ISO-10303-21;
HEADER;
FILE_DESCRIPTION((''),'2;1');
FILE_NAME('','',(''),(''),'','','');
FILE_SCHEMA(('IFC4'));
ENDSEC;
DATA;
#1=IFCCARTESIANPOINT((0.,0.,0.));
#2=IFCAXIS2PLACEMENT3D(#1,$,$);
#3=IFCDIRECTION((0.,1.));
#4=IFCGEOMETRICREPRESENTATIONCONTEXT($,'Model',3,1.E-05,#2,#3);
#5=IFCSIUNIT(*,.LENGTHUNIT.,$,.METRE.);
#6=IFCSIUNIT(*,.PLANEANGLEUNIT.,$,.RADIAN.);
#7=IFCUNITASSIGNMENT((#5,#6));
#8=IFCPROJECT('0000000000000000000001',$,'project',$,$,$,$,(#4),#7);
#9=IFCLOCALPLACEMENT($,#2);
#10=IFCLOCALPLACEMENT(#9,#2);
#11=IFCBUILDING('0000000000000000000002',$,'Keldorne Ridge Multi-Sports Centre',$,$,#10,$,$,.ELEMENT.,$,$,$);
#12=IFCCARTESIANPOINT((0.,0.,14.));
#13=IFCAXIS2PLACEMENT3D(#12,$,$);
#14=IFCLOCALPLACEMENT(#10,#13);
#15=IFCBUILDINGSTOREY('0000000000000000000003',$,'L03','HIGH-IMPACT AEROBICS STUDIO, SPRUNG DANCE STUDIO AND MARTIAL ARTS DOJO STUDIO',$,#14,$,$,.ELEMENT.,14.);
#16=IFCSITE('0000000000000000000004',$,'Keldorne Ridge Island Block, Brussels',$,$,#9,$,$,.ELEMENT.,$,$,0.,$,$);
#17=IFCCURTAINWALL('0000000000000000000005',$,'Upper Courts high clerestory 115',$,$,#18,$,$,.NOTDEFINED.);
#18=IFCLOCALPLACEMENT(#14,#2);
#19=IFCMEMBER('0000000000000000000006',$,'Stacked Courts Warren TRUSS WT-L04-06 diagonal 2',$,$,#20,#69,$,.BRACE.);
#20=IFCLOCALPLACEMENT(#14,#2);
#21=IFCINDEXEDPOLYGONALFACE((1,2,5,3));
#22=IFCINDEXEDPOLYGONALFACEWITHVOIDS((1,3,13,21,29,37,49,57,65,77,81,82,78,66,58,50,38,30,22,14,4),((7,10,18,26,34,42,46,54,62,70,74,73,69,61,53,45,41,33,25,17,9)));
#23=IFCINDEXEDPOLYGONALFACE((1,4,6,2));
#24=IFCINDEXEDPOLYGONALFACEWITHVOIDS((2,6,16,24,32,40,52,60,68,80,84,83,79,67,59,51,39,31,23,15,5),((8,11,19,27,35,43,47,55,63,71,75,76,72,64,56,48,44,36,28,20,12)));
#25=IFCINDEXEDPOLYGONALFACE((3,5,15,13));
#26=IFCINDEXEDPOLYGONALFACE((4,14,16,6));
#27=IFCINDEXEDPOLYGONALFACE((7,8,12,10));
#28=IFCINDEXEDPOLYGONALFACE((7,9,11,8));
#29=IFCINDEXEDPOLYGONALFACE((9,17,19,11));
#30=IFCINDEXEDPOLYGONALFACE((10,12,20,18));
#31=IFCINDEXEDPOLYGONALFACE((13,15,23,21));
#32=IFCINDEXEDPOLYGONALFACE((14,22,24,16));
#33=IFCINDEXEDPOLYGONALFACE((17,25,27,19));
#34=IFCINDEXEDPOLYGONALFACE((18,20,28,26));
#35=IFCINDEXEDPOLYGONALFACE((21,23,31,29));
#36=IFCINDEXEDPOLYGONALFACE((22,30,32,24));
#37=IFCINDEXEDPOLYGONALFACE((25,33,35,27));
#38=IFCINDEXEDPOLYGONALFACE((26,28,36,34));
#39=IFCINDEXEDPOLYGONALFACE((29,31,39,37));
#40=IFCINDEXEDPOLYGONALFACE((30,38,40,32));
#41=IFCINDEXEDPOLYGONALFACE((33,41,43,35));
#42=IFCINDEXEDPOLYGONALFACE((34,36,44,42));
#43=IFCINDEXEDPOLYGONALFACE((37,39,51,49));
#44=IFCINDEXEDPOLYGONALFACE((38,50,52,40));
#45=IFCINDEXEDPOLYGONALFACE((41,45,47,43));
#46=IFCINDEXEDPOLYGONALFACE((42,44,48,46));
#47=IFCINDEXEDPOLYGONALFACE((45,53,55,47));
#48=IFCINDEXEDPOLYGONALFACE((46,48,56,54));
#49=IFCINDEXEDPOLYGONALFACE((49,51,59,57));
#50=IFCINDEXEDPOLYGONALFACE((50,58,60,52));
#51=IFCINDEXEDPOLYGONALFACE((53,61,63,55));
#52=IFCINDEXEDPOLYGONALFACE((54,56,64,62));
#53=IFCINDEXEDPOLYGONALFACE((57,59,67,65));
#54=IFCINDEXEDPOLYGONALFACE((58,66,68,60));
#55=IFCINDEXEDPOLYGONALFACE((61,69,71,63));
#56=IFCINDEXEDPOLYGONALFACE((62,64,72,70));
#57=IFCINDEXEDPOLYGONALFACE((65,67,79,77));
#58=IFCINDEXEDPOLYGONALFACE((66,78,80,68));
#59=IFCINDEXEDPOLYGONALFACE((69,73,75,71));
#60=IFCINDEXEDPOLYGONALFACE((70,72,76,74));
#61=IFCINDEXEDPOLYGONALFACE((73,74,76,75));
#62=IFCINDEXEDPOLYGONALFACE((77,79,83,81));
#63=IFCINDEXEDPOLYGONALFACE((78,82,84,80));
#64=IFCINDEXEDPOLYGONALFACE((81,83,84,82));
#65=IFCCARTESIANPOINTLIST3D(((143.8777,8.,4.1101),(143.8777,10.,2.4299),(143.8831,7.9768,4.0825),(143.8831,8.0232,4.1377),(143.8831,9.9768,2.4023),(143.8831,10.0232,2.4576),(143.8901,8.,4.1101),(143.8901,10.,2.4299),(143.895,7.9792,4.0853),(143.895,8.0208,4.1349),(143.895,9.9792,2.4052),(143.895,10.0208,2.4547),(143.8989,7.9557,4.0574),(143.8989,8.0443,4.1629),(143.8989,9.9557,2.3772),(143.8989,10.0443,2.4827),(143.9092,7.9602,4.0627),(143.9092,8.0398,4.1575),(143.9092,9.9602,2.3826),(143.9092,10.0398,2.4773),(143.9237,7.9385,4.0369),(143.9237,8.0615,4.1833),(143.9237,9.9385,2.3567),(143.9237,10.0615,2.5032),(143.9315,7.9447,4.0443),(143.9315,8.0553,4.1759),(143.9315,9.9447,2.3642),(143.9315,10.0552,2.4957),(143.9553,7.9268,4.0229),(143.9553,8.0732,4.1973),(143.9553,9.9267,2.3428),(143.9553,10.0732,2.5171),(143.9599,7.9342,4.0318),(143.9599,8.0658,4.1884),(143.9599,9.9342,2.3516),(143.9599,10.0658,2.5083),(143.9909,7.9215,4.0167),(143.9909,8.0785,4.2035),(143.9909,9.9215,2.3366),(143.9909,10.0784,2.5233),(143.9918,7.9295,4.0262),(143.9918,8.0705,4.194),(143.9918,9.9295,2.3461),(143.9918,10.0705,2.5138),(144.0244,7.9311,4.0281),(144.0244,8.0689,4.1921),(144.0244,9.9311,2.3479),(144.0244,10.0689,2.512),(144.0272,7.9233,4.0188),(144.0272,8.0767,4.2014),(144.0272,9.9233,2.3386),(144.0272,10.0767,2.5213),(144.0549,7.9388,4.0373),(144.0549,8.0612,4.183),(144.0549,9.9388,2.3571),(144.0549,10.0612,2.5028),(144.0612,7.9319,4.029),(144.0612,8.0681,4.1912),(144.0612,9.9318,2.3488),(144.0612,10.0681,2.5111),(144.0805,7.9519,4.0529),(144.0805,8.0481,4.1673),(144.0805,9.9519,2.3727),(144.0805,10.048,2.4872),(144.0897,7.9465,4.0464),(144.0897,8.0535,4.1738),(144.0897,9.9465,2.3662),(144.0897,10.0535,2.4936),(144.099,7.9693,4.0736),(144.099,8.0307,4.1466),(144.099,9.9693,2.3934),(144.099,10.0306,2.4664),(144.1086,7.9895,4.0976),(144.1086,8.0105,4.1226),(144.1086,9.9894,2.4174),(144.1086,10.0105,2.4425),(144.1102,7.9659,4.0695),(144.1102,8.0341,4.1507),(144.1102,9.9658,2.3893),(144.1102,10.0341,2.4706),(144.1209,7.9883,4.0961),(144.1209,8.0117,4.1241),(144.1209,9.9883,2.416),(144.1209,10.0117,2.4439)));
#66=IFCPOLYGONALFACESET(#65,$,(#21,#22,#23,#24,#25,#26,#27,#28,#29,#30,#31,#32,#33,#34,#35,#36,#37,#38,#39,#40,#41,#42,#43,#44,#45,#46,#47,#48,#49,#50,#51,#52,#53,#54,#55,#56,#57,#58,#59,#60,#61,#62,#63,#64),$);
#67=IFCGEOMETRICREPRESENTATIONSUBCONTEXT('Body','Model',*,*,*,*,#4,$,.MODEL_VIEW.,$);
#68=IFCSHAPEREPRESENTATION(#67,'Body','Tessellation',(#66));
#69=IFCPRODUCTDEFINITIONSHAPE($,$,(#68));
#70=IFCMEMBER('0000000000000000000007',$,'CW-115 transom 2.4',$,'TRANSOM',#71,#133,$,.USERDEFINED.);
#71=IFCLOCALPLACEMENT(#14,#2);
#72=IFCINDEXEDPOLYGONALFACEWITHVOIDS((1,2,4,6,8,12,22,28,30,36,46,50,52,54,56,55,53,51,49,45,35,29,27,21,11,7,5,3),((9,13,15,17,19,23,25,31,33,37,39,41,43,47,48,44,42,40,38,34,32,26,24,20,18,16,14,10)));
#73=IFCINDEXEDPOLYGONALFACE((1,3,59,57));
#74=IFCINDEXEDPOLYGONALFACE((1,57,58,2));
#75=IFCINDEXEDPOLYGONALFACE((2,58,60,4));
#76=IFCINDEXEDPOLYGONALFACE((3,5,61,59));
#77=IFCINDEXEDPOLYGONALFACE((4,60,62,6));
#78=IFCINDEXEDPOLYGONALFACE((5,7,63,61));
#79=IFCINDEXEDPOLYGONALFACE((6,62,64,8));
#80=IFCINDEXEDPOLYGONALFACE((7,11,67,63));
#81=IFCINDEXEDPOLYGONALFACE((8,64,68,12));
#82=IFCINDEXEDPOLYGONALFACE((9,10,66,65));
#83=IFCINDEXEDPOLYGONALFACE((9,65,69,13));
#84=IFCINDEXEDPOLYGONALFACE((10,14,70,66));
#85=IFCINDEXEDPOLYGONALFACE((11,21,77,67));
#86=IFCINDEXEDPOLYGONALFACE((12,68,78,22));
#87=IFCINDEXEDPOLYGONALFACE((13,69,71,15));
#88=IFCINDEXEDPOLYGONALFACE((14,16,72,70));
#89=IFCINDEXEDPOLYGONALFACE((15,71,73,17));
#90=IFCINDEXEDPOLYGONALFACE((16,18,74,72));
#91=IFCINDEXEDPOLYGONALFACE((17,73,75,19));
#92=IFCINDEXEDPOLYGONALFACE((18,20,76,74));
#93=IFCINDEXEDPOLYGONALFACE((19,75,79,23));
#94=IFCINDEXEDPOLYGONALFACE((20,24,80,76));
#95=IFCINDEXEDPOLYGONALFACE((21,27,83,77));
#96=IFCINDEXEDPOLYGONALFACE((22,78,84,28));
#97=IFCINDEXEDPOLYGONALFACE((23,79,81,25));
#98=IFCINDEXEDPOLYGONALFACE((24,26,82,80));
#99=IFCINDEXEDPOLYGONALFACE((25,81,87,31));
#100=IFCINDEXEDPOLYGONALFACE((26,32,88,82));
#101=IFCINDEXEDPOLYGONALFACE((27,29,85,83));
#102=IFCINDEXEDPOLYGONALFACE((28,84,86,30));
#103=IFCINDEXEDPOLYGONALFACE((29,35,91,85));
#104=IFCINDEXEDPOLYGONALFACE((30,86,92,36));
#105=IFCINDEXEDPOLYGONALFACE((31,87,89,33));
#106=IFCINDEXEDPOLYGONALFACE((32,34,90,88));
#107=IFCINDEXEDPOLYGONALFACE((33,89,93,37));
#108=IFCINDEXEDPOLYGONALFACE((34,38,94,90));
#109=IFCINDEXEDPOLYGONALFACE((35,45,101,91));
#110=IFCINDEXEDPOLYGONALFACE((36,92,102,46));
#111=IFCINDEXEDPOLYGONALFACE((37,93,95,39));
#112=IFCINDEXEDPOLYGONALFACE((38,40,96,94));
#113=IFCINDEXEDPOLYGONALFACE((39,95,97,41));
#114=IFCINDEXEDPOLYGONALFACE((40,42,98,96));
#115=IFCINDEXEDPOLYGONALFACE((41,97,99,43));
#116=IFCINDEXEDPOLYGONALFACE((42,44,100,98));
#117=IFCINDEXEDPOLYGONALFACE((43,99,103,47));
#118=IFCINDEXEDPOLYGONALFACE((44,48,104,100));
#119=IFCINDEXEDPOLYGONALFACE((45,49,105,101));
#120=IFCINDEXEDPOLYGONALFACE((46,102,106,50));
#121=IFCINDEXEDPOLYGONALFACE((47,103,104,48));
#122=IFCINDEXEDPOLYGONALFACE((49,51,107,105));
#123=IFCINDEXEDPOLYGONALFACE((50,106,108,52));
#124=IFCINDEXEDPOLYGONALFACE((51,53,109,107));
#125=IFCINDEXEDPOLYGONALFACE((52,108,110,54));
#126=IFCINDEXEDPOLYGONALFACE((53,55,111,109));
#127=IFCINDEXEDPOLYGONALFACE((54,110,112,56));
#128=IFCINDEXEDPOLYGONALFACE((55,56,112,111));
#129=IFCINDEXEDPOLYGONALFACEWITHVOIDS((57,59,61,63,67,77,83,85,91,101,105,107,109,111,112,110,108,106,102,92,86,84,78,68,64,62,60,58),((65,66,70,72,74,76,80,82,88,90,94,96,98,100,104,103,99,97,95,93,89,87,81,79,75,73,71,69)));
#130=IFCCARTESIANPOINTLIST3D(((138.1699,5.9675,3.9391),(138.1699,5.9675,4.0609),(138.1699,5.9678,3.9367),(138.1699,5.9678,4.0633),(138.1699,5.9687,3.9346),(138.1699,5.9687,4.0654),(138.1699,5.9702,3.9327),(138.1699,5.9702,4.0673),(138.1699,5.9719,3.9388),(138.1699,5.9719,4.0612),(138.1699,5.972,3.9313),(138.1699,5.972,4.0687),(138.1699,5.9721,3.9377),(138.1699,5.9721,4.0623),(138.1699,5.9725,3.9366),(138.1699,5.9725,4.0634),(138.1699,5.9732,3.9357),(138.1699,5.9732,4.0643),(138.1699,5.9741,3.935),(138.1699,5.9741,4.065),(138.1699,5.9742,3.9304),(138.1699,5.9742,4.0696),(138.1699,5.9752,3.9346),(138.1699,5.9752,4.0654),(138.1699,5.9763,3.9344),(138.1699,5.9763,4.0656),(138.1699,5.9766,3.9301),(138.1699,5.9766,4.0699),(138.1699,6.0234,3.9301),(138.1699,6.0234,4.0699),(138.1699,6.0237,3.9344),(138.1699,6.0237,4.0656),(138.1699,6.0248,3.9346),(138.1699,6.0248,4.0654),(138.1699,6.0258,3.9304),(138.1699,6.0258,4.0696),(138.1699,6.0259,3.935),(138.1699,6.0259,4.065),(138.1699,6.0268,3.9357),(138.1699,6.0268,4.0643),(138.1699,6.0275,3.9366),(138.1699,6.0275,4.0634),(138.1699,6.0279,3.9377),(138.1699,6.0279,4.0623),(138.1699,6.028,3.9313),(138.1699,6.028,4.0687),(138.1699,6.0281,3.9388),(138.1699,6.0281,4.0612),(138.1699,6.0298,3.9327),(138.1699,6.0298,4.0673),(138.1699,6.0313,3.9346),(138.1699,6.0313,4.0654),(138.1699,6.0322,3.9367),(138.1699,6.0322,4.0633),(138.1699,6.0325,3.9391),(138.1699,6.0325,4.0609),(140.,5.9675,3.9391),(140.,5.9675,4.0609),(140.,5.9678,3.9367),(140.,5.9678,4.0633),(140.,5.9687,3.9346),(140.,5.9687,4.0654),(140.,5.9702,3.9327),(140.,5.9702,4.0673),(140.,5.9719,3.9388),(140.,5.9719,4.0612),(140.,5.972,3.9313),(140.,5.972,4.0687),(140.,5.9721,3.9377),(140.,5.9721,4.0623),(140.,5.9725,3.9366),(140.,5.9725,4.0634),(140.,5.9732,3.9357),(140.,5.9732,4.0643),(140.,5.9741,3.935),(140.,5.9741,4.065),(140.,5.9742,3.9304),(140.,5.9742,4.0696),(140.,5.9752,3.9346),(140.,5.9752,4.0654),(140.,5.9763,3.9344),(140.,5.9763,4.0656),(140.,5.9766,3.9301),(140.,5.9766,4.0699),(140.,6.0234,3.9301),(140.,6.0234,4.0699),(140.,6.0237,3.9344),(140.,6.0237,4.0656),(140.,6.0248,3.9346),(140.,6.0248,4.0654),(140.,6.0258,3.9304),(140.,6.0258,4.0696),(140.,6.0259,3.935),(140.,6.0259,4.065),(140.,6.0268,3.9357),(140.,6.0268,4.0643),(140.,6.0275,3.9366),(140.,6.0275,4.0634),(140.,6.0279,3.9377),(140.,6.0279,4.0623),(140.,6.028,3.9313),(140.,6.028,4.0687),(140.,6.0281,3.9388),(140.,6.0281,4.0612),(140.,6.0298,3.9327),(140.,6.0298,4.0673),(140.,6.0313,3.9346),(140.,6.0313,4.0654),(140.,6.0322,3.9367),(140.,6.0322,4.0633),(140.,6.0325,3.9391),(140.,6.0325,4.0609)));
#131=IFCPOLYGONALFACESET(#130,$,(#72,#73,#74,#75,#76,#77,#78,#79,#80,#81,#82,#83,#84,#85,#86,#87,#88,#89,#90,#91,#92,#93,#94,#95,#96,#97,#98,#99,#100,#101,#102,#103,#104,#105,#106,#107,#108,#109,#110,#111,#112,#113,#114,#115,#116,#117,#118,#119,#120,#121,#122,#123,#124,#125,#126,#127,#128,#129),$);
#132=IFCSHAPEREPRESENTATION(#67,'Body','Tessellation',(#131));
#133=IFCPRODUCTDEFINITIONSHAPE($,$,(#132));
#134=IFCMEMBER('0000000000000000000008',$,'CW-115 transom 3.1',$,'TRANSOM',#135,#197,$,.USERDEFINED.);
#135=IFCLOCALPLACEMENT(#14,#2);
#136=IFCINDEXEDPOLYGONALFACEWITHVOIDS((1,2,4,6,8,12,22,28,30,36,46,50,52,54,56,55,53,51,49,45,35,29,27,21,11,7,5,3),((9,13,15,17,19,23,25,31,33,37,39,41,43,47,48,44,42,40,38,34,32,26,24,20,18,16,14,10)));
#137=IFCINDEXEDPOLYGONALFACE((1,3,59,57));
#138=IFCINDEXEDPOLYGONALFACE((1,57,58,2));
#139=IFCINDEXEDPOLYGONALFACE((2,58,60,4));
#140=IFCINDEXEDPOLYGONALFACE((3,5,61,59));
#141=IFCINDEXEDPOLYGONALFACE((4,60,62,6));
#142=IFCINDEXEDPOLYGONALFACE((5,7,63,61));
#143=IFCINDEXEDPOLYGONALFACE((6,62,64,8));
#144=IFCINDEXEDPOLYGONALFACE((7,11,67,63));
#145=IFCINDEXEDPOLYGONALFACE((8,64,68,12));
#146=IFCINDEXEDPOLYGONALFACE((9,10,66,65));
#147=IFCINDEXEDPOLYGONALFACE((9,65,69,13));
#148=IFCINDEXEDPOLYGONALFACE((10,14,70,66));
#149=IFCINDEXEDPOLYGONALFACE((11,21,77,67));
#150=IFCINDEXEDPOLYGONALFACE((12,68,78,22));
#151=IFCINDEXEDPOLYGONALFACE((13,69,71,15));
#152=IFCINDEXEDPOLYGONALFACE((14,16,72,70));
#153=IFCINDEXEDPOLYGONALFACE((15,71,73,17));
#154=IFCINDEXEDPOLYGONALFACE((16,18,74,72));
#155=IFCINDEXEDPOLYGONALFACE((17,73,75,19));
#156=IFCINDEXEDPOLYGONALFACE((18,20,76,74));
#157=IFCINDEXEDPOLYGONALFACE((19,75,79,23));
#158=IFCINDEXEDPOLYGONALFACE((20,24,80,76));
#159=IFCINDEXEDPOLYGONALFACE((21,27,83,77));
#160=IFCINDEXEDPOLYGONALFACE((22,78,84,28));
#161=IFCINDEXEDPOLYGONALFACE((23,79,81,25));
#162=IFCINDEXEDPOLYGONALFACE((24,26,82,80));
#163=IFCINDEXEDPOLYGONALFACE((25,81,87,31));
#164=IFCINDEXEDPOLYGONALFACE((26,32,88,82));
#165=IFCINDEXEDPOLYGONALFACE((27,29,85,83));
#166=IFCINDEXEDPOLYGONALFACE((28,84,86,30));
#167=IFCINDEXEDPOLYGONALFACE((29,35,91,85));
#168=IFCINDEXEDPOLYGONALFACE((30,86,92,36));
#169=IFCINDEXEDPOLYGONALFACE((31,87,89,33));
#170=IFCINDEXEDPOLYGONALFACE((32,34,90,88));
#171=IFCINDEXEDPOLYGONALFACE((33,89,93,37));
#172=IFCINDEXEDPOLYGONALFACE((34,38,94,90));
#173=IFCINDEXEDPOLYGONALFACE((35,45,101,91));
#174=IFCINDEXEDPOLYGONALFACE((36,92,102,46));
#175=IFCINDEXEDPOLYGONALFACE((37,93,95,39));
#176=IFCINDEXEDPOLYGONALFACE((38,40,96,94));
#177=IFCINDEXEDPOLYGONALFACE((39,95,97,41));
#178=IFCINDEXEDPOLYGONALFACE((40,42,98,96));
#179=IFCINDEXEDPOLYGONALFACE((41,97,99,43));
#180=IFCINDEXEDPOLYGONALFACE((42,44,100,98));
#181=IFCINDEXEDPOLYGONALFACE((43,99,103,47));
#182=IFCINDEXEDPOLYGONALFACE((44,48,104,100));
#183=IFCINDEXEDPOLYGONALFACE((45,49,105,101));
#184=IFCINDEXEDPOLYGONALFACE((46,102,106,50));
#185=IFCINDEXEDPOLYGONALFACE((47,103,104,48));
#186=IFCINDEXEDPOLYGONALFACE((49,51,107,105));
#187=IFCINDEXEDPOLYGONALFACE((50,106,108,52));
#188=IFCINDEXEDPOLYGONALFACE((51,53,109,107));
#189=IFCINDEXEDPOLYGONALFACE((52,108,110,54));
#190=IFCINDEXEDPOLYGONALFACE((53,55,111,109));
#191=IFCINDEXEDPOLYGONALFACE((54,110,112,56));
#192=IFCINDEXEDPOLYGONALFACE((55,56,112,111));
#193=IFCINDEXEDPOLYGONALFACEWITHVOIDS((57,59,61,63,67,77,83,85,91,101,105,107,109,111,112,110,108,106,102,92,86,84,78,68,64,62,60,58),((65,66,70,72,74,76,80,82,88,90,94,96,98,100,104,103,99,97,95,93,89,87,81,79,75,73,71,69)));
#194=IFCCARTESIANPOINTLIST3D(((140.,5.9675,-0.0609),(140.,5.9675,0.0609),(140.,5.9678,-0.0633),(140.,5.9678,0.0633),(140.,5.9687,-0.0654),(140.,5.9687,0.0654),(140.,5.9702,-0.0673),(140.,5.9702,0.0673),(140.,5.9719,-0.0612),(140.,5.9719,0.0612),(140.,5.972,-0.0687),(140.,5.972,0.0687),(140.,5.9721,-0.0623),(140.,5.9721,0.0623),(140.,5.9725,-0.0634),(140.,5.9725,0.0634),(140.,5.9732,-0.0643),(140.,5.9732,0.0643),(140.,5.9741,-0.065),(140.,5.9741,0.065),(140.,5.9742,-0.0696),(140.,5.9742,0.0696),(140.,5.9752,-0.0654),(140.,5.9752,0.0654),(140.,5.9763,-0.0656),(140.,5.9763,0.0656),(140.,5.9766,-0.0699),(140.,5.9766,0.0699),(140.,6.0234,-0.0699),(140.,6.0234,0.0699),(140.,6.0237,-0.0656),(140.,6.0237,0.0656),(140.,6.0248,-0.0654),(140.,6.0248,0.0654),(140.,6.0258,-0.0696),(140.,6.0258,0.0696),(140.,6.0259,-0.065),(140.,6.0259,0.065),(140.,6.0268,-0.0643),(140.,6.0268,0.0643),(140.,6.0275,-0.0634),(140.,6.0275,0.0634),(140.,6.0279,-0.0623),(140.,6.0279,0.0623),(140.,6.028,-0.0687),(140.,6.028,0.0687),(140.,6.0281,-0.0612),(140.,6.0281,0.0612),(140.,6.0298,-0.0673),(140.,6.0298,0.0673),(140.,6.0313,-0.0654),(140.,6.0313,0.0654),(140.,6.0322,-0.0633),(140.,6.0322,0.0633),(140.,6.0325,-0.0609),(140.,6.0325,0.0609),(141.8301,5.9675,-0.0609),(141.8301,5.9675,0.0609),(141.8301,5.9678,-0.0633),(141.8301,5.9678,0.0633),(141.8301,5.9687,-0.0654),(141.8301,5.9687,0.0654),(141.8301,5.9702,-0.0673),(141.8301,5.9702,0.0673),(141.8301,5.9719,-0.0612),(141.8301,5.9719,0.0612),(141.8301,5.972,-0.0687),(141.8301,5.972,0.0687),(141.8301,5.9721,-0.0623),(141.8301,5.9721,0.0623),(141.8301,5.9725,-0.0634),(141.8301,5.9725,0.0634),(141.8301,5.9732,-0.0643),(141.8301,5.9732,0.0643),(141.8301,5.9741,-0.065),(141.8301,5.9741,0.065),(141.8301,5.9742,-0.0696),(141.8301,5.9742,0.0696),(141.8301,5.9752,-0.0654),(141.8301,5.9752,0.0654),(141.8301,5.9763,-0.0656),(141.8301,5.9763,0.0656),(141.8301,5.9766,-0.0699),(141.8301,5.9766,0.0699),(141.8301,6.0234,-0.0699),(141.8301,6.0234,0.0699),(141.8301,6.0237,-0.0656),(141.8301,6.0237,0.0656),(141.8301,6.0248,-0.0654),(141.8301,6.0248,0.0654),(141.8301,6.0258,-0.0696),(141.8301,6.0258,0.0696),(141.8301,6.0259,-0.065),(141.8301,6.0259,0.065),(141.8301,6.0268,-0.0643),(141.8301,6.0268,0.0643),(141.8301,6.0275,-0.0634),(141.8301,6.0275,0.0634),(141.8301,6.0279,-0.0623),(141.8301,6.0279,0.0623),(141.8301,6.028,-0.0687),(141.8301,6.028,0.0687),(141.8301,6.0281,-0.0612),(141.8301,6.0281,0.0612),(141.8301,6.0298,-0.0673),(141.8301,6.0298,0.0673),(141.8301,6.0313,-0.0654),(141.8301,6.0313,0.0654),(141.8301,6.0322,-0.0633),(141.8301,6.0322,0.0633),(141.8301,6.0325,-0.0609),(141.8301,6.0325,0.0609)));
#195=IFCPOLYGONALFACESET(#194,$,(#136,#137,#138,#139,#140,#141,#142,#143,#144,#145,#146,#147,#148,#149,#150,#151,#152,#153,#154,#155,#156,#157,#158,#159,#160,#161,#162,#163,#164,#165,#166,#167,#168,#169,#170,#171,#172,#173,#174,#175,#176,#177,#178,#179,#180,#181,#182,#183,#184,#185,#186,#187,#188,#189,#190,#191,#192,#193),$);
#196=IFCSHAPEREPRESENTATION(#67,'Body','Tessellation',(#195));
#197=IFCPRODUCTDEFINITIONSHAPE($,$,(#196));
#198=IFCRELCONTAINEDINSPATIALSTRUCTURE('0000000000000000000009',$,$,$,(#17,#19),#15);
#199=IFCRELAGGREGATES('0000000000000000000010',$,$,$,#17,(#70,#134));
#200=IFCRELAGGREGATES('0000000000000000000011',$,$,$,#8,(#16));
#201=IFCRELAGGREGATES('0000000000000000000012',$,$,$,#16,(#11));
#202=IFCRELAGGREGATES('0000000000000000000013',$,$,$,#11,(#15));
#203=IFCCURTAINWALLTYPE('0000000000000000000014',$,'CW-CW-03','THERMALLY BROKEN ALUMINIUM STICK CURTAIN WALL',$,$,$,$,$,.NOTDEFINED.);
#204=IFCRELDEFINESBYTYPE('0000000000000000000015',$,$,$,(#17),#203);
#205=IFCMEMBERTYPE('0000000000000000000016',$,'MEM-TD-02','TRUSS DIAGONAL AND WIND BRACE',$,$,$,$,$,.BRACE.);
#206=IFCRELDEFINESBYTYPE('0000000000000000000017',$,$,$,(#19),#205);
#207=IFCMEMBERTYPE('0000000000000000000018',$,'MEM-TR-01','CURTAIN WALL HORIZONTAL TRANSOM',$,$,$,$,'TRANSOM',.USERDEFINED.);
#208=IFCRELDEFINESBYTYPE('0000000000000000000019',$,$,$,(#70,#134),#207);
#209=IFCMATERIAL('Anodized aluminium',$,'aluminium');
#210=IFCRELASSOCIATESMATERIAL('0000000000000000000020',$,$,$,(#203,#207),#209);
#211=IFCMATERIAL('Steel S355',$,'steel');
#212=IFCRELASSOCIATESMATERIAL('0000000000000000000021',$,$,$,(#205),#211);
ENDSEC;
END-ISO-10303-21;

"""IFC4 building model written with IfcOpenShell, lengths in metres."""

from ifc_helpers import new_model, si_unit, direction, frame, origin, origin_2d, place, context, subcontext, project, spatial, hollow_rectangle, hollow_circle, extrude, material, material_profile, profile_set, type_object, element, aggregate, save


model = new_model("IFC4")

# Units and contexts
model_context = context("Model", 3, precision=1e-05, world=origin(), true_north=direction((0.0, 1.0)))
body_context = subcontext(model_context, "Body", "Model", "MODEL_VIEW")
ifc_project = project(units=[si_unit("LENGTHUNIT", "METRE"), si_unit("PLANEANGLEUNIT", "RADIAN")], contexts=[model_context])

# Site, building, storey
site_placement = place(None, origin())
site = spatial("IfcSite", under=ifc_project, at=site_placement, Name="Keldorne Ridge Island Block, Brussels", CompositionType="ELEMENT", RefElevation=0.0)
building_placement = place(site_placement, origin())
building = spatial("IfcBuilding", under=site, at=building_placement, Name="Keldorne Ridge Multi-Sports Centre", CompositionType="ELEMENT")
storey_placement = place(building_placement, frame((0.0, 0.0, 14.0)))
storey = spatial("IfcBuildingStorey", under=building, at=storey_placement, Name="L03", Description="HIGH-IMPACT AEROBICS STUDIO, SPRUNG DANCE STUDIO AND MARTIAL ARTS DOJO STUDIO", CompositionType="ELEMENT", Elevation=14.0)

# Shared definitions
ifc_material_1 = material(Name="Steel S355", Category="steel")

# Curtain wall
ifc_material_2 = material(Name="Anodized aluminium", Category="aluminium")
curtain_wall_type = type_object("IfcCurtainWallType", Name="CW-CW-03", Description="THERMALLY BROKEN ALUMINIUM STICK CURTAIN WALL", PredefinedType="NOTDEFINED", material=ifc_material_2)
curtain_wall_placement = place(storey_placement, origin())
curtain_wall = element("IfcCurtainWall", 1, at=curtain_wall_placement, inside=storey, type_object=curtain_wall_type, Name="Upper Courts high clerestory 115", PredefinedType="NOTDEFINED")

# Member
ifc_material_profile_1 = material_profile(ifc_material_1, hollow_circle(Radius=0.1223, WallThickness=0.0125, at=origin_2d()), Name="CHS 244.5x12.5")
ifc_profile_set_1 = profile_set([ifc_material_profile_1], Name="Steel S355")
member_type_1 = type_object("IfcMemberType", Name="MEM-TD-02", Description="TRUSS DIAGONAL AND WIND BRACE", PredefinedType="BRACE", material=ifc_profile_set_1)
for number, where, z_axis, x_axis, name in (
    (2, (144.0, 8.0, 4.1101), (0.0, 0.765672, -0.643232), (-1.0, 0.0, 0.0), "Stacked Courts Warren TRUSS WT-L04-06 diagonal 2"),
):
    element("IfcMember", number, at=place(storey_placement, frame(where, z_axis=z_axis, x_axis=x_axis)), inside=storey, type_object=member_type_1, Name=name, PredefinedType="BRACE", context=body_context, shape_type="SweptSolid", body=[
        extrude(hollow_circle(Radius=0.1223, WallThickness=0.0125, at=origin_2d()), origin(), (0.0, 0.0, 1.0), 2.6121),
    ])

# Members
ifc_material_profile_2 = material_profile(ifc_material_2, hollow_rectangle(XDim=0.0649, YDim=0.1399, WallThickness=0.0044, InnerFilletRadius=0.0044, OuterFilletRadius=0.009, at=origin_2d()), Name="ALU TRANSOM 140x65x4.5")
ifc_profile_set_2 = profile_set([ifc_material_profile_2], Name="Anodized aluminium")
member_type_2 = type_object("IfcMemberType", Name="MEM-TR-01", Description="CURTAIN WALL HORIZONTAL TRANSOM", ElementType="TRANSOM", PredefinedType="USERDEFINED", material=ifc_profile_set_2)
member_1_placement = place(storey_placement, frame((138.1699, 6.0, 4.0), z_axis=(1.0, 0.0, 0.0), x_axis=(0.0, 1.0, 0.0)))
member_1 = element("IfcMember", 3, at=member_1_placement, type_object=member_type_2, Name="CW-115 transom 2.4", ObjectType="TRANSOM", PredefinedType="USERDEFINED", context=body_context, shape_type="SweptSolid", body=[
    extrude(hollow_rectangle(XDim=0.0649, YDim=0.1399, WallThickness=0.0044, InnerFilletRadius=0.0044, OuterFilletRadius=0.009, at=origin_2d()), origin(), (0.0, 0.0, 1.0), 1.8301),
])
member_2_placement = place(storey_placement, frame((140.0, 6.0, 0.0), z_axis=(1.0, 0.0, 0.0), x_axis=(0.0, 1.0, 0.0)))
member_2 = element("IfcMember", 4, at=member_2_placement, type_object=member_type_2, Name="CW-115 transom 3.1", ObjectType="TRANSOM", PredefinedType="USERDEFINED", context=body_context, shape_type="SweptSolid", body=[
    extrude(hollow_rectangle(XDim=0.0649, YDim=0.1399, WallThickness=0.0044, InnerFilletRadius=0.0044, OuterFilletRadius=0.009, at=origin_2d()), origin(), (0.0, 0.0, 1.0), 1.8301),
])

aggregate(curtain_wall, [member_1, member_2])

save(model, "model.ifc")
